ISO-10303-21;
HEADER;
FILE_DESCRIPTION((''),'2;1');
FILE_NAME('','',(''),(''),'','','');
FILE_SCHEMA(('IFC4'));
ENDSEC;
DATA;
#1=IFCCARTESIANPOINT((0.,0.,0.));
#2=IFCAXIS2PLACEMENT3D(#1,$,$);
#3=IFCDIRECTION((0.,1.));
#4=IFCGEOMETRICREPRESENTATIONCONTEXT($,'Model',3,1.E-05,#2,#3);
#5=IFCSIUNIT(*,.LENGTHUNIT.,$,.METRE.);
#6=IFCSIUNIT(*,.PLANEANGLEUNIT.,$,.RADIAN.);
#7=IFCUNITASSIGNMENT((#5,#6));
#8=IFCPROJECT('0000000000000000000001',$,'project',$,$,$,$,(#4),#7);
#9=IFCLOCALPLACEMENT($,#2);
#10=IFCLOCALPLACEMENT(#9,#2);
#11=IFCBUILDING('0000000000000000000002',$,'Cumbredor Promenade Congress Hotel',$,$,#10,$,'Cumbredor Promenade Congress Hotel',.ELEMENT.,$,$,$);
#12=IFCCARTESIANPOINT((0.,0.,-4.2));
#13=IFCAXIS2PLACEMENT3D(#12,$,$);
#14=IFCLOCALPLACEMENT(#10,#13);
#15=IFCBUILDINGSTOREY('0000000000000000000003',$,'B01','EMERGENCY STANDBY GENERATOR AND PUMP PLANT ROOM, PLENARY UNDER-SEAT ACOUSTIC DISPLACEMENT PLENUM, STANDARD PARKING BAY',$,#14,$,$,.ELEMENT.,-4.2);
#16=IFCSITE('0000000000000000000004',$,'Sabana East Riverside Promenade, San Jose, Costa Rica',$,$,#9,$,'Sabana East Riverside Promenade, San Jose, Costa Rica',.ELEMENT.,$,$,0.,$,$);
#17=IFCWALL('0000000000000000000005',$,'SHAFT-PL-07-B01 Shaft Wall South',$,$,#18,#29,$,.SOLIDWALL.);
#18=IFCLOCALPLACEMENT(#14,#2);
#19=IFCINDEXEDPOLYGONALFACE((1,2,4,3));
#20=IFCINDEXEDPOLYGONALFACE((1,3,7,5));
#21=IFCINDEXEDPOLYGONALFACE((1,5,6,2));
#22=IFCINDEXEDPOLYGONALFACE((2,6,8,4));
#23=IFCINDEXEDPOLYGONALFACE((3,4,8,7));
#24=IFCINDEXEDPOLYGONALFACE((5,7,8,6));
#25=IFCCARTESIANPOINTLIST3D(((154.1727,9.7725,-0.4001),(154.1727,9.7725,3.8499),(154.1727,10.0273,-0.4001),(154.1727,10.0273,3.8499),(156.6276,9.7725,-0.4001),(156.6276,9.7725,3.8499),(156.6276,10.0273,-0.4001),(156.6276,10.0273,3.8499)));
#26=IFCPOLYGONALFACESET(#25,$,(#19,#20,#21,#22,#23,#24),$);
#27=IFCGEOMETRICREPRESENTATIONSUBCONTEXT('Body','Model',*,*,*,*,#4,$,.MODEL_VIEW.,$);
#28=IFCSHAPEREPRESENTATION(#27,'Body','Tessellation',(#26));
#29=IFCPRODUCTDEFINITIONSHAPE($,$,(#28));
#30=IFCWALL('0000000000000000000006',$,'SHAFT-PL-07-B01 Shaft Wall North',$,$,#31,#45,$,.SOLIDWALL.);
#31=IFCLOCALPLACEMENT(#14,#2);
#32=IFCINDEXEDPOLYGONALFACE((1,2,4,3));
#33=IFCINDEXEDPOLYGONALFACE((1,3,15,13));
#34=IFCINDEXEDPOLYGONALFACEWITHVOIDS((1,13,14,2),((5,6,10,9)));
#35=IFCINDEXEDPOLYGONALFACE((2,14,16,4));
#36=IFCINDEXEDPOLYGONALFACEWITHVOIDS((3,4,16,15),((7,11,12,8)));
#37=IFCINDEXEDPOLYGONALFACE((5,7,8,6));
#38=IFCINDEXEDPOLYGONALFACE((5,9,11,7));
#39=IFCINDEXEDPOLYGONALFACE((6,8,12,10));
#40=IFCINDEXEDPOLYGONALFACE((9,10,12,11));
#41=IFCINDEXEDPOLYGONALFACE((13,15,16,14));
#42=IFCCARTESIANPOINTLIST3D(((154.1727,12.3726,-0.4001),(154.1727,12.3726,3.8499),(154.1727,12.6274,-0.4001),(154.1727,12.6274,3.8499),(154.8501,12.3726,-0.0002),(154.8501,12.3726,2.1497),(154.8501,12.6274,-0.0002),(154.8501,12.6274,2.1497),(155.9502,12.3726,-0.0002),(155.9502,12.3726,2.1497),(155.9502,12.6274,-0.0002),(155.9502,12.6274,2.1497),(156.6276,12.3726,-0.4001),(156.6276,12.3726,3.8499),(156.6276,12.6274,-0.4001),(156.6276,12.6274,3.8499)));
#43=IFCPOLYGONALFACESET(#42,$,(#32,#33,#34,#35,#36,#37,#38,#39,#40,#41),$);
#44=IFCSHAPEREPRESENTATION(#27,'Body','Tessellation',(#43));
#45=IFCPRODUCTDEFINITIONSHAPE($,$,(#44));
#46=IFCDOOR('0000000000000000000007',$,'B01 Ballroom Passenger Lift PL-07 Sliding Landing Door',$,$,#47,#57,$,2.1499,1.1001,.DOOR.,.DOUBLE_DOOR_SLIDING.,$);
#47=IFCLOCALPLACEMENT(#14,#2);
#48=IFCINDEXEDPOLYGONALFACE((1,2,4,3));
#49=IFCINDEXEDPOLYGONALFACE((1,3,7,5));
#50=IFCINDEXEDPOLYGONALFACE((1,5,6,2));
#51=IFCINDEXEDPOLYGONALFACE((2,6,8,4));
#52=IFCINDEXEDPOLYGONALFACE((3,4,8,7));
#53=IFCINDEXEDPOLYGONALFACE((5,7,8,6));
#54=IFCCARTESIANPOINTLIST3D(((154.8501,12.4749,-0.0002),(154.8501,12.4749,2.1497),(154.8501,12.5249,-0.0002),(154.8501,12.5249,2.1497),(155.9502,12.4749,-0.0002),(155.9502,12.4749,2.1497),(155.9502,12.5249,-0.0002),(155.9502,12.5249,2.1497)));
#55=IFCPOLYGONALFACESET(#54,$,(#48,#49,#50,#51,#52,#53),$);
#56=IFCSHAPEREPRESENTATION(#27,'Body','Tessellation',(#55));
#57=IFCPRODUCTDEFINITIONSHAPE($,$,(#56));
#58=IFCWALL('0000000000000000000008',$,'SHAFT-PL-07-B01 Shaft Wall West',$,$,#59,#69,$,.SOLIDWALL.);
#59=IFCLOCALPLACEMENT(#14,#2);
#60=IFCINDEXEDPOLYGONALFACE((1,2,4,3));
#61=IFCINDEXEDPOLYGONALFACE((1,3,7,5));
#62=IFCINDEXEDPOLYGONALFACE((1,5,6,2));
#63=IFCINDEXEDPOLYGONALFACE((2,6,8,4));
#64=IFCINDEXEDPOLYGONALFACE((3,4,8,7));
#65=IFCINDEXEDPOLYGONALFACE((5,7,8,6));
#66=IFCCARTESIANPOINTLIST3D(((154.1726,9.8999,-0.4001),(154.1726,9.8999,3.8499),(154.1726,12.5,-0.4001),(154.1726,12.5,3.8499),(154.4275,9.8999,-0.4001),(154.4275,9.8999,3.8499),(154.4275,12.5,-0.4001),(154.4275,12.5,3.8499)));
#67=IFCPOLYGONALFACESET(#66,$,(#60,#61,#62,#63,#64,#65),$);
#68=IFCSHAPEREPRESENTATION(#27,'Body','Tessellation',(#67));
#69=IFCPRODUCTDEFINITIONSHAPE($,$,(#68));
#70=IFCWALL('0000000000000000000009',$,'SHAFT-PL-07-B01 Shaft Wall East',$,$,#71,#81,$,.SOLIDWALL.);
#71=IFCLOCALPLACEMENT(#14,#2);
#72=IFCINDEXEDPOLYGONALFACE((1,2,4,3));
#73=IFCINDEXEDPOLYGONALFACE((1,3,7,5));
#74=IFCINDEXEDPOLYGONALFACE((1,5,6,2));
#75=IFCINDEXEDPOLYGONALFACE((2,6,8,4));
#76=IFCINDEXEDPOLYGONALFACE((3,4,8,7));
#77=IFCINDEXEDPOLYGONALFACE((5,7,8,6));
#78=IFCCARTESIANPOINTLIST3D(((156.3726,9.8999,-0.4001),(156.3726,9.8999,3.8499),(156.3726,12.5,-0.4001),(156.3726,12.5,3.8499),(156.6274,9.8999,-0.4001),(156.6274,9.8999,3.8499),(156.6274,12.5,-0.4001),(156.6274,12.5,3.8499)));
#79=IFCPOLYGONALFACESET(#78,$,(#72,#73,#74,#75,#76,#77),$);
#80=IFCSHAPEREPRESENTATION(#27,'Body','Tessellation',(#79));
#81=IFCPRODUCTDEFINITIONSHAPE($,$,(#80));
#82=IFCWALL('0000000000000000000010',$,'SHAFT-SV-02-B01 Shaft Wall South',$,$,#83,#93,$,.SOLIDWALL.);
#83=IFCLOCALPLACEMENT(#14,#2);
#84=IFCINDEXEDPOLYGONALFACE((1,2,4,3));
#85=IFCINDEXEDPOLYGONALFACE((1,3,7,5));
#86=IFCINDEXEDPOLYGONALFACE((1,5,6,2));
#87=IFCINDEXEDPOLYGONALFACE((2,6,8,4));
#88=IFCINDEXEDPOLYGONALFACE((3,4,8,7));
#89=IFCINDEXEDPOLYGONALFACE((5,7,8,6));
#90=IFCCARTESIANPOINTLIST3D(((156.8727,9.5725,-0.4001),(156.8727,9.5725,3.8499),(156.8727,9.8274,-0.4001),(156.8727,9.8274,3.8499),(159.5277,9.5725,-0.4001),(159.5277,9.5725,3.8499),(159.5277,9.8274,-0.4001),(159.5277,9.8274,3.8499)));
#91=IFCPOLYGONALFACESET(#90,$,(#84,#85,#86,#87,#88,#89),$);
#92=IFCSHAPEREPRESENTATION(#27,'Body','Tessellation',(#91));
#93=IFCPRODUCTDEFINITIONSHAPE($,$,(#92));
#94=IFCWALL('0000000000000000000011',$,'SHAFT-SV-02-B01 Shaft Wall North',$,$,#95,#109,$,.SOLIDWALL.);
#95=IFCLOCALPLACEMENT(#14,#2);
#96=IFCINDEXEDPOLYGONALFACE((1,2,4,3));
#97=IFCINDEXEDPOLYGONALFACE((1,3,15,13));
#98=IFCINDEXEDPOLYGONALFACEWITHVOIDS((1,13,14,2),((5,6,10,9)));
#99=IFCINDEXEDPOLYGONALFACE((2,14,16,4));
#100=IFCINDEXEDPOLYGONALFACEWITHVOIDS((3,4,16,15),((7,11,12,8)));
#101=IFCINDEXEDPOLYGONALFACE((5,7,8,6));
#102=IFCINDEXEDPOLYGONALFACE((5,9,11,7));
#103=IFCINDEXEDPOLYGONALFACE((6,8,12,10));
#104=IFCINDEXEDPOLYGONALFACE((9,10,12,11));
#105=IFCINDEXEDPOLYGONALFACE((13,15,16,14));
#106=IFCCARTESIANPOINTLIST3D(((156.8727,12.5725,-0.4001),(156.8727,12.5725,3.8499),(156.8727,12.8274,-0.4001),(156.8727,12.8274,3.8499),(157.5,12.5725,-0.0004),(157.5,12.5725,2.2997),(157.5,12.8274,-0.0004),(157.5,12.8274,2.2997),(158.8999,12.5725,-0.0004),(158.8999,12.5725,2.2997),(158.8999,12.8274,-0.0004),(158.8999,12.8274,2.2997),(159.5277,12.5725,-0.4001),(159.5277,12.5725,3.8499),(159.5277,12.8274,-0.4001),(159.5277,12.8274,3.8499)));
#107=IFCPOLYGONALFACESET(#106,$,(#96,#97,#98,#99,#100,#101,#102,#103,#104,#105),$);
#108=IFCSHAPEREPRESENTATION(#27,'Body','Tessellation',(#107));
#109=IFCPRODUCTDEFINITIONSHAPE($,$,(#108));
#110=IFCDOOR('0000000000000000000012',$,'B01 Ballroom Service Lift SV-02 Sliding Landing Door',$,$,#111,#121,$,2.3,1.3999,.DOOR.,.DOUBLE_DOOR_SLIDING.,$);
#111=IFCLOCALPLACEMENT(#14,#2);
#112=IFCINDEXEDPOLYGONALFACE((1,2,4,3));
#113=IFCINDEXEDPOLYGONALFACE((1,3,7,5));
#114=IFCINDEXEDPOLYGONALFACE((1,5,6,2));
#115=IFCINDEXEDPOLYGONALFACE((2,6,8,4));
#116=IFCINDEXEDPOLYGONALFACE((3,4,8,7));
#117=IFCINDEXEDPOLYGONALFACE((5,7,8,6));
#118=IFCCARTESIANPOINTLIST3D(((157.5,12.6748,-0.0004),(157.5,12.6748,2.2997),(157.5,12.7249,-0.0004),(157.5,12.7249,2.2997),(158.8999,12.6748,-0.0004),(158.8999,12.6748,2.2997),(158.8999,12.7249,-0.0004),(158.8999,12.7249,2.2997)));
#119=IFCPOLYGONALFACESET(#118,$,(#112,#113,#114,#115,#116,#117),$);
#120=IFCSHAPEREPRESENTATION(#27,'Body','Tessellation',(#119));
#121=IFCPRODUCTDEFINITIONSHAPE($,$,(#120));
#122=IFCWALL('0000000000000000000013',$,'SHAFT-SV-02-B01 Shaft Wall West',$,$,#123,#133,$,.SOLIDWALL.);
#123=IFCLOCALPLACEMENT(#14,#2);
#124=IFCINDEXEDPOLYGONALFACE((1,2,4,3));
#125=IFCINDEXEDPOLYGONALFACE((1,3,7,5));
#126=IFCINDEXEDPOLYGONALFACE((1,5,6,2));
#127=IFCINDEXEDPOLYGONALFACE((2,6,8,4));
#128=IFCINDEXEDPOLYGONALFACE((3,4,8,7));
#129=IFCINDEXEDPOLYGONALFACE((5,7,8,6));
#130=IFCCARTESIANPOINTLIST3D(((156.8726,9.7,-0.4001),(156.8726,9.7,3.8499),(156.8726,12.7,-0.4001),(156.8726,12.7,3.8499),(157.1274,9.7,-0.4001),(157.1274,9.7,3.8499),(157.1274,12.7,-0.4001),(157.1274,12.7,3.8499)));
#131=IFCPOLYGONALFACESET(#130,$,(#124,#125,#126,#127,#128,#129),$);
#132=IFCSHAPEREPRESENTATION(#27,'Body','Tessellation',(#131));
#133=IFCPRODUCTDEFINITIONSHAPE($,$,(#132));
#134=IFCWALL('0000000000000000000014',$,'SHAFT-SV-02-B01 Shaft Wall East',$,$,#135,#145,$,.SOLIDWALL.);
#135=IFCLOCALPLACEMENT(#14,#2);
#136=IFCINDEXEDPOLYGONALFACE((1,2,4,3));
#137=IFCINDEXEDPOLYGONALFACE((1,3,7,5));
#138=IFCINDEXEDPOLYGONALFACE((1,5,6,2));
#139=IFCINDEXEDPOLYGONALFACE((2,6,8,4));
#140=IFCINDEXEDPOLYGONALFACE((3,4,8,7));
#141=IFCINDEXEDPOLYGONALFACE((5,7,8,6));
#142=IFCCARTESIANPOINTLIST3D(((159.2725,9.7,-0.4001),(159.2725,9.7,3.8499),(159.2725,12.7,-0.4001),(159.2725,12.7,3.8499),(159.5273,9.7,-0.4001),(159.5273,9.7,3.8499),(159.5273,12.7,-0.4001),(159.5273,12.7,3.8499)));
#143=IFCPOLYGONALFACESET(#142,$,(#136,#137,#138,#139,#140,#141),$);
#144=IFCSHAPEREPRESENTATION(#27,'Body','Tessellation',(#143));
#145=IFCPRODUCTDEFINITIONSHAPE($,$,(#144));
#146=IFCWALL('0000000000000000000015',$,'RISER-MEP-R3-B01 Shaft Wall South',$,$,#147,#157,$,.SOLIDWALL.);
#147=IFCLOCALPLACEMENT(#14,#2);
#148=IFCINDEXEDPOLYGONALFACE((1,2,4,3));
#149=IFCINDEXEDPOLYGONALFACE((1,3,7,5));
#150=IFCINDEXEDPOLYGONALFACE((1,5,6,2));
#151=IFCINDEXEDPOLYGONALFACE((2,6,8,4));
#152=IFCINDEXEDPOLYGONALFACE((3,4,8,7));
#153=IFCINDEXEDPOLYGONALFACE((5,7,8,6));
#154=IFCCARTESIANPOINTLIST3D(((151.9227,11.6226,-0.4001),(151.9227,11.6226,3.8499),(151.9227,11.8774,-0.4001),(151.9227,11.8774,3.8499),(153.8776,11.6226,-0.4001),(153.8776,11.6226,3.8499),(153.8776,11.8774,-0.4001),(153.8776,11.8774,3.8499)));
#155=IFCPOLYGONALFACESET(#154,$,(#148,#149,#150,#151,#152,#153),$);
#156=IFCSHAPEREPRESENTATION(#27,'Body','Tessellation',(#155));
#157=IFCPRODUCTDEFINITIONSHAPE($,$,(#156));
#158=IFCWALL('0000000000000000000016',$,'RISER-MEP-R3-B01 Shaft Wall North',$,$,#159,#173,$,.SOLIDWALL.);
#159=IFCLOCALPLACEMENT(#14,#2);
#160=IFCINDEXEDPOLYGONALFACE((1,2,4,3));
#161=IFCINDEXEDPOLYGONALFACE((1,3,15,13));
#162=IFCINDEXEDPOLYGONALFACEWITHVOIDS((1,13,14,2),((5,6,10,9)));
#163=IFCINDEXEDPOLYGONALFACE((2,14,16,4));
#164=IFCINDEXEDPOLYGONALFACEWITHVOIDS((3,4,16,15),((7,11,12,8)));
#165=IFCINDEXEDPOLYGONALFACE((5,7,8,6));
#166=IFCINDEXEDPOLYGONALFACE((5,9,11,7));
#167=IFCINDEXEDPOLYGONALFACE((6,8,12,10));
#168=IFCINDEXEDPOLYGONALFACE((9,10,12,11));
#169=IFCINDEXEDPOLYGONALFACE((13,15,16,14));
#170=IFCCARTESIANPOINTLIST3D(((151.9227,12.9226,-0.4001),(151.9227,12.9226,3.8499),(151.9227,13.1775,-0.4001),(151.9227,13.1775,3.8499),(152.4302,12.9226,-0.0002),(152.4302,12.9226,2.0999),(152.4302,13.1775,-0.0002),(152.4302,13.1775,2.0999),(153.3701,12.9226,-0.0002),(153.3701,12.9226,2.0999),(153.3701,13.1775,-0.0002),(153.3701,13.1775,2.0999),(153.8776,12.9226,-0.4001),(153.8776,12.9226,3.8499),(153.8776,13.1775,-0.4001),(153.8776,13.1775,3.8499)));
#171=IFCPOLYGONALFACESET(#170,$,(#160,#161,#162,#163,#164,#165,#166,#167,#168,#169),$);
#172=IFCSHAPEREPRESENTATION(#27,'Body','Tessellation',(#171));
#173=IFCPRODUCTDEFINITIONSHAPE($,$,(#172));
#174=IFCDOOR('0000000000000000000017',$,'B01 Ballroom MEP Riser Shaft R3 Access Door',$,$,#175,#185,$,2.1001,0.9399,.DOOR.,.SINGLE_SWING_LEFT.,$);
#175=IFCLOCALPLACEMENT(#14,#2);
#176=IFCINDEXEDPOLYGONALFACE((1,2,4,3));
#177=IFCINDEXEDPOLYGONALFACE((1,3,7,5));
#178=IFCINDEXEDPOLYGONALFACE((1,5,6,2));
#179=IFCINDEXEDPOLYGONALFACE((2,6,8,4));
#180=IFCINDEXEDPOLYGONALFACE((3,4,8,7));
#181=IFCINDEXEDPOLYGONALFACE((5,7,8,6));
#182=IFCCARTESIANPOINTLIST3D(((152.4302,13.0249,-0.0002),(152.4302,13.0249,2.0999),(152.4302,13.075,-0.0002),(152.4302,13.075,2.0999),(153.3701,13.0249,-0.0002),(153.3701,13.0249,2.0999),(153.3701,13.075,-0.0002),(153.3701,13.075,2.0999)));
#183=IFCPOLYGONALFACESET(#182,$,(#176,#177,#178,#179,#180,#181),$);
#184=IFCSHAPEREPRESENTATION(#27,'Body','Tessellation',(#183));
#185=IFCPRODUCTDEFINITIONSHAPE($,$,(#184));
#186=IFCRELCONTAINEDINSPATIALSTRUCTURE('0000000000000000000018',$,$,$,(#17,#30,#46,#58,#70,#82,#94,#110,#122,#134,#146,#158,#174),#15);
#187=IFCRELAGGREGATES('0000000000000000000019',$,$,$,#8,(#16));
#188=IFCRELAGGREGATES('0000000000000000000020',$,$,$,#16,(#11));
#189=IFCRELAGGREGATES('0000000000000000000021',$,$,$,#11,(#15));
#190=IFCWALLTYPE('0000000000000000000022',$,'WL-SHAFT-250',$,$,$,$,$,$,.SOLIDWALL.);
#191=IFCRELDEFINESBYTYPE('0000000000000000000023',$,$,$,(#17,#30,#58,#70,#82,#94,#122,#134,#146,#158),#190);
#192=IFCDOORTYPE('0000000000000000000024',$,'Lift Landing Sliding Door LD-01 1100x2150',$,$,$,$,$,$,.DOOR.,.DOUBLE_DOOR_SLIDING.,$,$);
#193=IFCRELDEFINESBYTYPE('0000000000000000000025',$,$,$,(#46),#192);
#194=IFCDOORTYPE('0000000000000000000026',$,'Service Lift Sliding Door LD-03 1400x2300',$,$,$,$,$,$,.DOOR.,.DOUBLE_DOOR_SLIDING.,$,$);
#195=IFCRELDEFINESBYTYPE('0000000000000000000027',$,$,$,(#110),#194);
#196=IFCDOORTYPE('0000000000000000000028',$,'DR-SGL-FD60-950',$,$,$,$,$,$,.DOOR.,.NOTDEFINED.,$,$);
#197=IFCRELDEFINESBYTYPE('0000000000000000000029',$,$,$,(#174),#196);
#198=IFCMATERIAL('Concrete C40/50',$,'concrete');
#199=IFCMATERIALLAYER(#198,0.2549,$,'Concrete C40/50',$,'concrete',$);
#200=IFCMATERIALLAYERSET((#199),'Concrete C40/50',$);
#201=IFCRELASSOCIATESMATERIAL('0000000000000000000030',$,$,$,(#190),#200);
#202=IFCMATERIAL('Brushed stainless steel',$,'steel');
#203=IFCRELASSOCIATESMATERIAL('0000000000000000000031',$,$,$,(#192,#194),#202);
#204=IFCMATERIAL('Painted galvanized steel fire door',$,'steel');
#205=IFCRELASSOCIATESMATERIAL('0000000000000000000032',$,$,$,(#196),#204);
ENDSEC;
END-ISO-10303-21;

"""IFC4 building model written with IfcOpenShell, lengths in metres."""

from ifc_helpers import new_model, si_unit, direction, frame, frame_2d, origin, place, context, subcontext, project, spatial, rectangle, extrude, material, layer, layer_set, type_object, element, fill, save


model = new_model("IFC4")

# Units and contexts
model_context = context("Model", 3, precision=1e-05, world=origin(), true_north=direction((0.0, 1.0)))
body_context = subcontext(model_context, "Body", "Model", "MODEL_VIEW")
ifc_project = project(units=[si_unit("LENGTHUNIT", "METRE"), si_unit("PLANEANGLEUNIT", "RADIAN")], contexts=[model_context])

# Site, building, storey
site_placement = place(None, origin())
site = spatial("IfcSite", under=ifc_project, at=site_placement, Name="Sabana East Riverside Promenade, San Jose, Costa Rica", LongName="Sabana East Riverside Promenade, San Jose, Costa Rica", CompositionType="ELEMENT", RefElevation=0.0)
building_placement = place(site_placement, origin())
building = spatial("IfcBuilding", under=site, at=building_placement, Name="Cumbredor Promenade Congress Hotel", LongName="Cumbredor Promenade Congress Hotel", CompositionType="ELEMENT")
storey_placement = place(building_placement, frame((0.0, 0.0, -4.2)))
storey = spatial("IfcBuildingStorey", under=building, at=storey_placement, Name="B01", Description="EMERGENCY STANDBY GENERATOR AND PUMP PLANT ROOM, PLENARY UNDER-SEAT ACOUSTIC DISPLACEMENT PLENUM, STANDARD PARKING BAY", CompositionType="ELEMENT", Elevation=-4.2)

# Shared definitions
ifc_material_1 = material(Name="Concrete C40/50", Category="concrete")

# Shared definitions
ifc_layer = layer(ifc_material_1, 0.2549, Name="Concrete C40/50", Category="concrete")
ifc_layer_set = layer_set([ifc_layer], Name="Concrete C40/50")
wall_type = type_object("IfcWallType", Name="WL-SHAFT-250", PredefinedType="SOLIDWALL", material=ifc_layer_set)
ifc_material_2 = material(Name="Painted galvanized steel fire door", Category="steel")

# Wall
wall_1_placement = place(storey_placement, frame((154.1726, 9.8999, -0.4001), z_axis=(0.0, 0.0, 1.0), x_axis=(1.0, 0.0, 0.0)))
element("IfcWall", 1, at=wall_1_placement, inside=storey, type_object=wall_type, Name="SHAFT-PL-07-B01 Shaft Wall South", PredefinedType="SOLIDWALL", context=body_context, shape_type="SweptSolid", body=[
    extrude(rectangle(XDim=2.4548, YDim=0.2549, at=frame_2d((1.2275, 0.0))), origin(), (0.0, 0.0, 1.0), 4.25),
])

# Wall, opening, door
wall_2_placement = place(storey_placement, frame((154.1726, 12.5, -0.4001), z_axis=(0.0, 0.0, 1.0), x_axis=(1.0, 0.0, 0.0)))
wall_2 = element("IfcWall", 2, at=wall_2_placement, inside=storey, type_object=wall_type, Name="SHAFT-PL-07-B01 Shaft Wall North", PredefinedType="SOLIDWALL", context=body_context, shape_type="SweptSolid", body=[
    extrude(rectangle(XDim=2.4548, YDim=0.2549, at=frame_2d((1.2275, 0.0))), origin(), (0.0, 0.0, 1.0), 4.25),
])
opening_1_placement = place(wall_2_placement, frame((0.6775, 0.0, 0.3999)))
opening_1 = element("IfcOpeningElement", 3, at=opening_1_placement, cuts=wall_2, PredefinedType="OPENING", context=body_context, shape_type="SweptSolid", body=[
    extrude(rectangle(XDim=1.1001, YDim=2.1499, at=frame_2d((0.55, 1.075))), frame((0.0, 0.1375, 0.0), z_axis=(0.0, -1.0, 0.0), x_axis=(1.0, 0.0, 0.0)), (0.0, 0.0, 1.0), 0.2749),
])
ifc_material_3 = material(Name="Brushed stainless steel", Category="steel")
door_type_1 = type_object("IfcDoorType", Name="Lift Landing Sliding Door LD-01 1100x2150", OperationType="DOUBLE_DOOR_SLIDING", PredefinedType="DOOR", material=ifc_material_3)
door_1_placement = place(opening_1_placement, origin())
door_1 = element("IfcDoor", 4, at=door_1_placement, inside=storey, type_object=door_type_1, Name="B01 Ballroom Passenger Lift PL-07 Sliding Landing Door", OperationType="DOUBLE_DOOR_SLIDING", OverallHeight=2.1499, OverallWidth=1.1001, PredefinedType="DOOR", context=body_context, shape_type="SweptSolid", body=[
    extrude(rectangle(XDim=1.1001, YDim=2.1499, at=frame_2d((0.55, 1.075))), frame((0.0, 0.0249, 0.0), z_axis=(0.0, -1.0, 0.0), x_axis=(1.0, 0.0, 0.0)), (0.0, 0.0, 1.0), 0.05),
])
fill(opening_1, door_1)

# Walls
for number, where, z_axis, x_axis, name in (
    (5, (154.3, 9.8999, -0.4001), (0.0, 0.0, 1.0), (0.0, 1.0, 0.0), "SHAFT-PL-07-B01 Shaft Wall West"),
    (6, (156.5, 9.8999, -0.4001), (0.0, 0.0, 1.0), (0.0, 1.0, 0.0), "SHAFT-PL-07-B01 Shaft Wall East"),
):
    element("IfcWall", number, at=place(storey_placement, frame(where, z_axis=z_axis, x_axis=x_axis)), inside=storey, type_object=wall_type, Name=name, PredefinedType="SOLIDWALL", context=body_context, shape_type="SweptSolid", body=[
        extrude(rectangle(XDim=2.6001, YDim=0.2549, at=frame_2d((1.3, 0.0))), origin(), (0.0, 0.0, 1.0), 4.25),
    ])
wall_3_placement = place(storey_placement, frame((156.8726, 9.7, -0.4001), z_axis=(0.0, 0.0, 1.0), x_axis=(1.0, 0.0, 0.0)))
element("IfcWall", 7, at=wall_3_placement, inside=storey, type_object=wall_type, Name="SHAFT-SV-02-B01 Shaft Wall South", PredefinedType="SOLIDWALL", context=body_context, shape_type="SweptSolid", body=[
    extrude(rectangle(XDim=2.655, YDim=0.2549, at=frame_2d((1.3276, 0.0))), origin(), (0.0, 0.0, 1.0), 4.25),
])

# Wall, opening, door
wall_4_placement = place(storey_placement, frame((156.8726, 12.7, -0.4001), z_axis=(0.0, 0.0, 1.0), x_axis=(1.0, 0.0, 0.0)))
wall_4 = element("IfcWall", 8, at=wall_4_placement, inside=storey, type_object=wall_type, Name="SHAFT-SV-02-B01 Shaft Wall North", PredefinedType="SOLIDWALL", context=body_context, shape_type="SweptSolid", body=[
    extrude(rectangle(XDim=2.655, YDim=0.2549, at=frame_2d((1.3276, 0.0))), origin(), (0.0, 0.0, 1.0), 4.25),
])
opening_2_placement = place(wall_4_placement, frame((0.6274, 0.0, 0.3999)))
opening_2 = element("IfcOpeningElement", 9, at=opening_2_placement, cuts=wall_4, PredefinedType="OPENING", context=body_context, shape_type="SweptSolid", body=[
    extrude(rectangle(XDim=1.3999, YDim=2.3, at=frame_2d((0.7, 1.1499))), frame((0.0, 0.1375, 0.0), z_axis=(0.0, -1.0, 0.0), x_axis=(1.0, 0.0, 0.0)), (0.0, 0.0, 1.0), 0.2749),
])
door_type_2 = type_object("IfcDoorType", Name="Service Lift Sliding Door LD-03 1400x2300", OperationType="DOUBLE_DOOR_SLIDING", PredefinedType="DOOR", material=ifc_material_3)
door_2_placement = place(opening_2_placement, origin())
door_2 = element("IfcDoor", 10, at=door_2_placement, inside=storey, type_object=door_type_2, Name="B01 Ballroom Service Lift SV-02 Sliding Landing Door", OperationType="DOUBLE_DOOR_SLIDING", OverallHeight=2.3, OverallWidth=1.3999, PredefinedType="DOOR", context=body_context, shape_type="SweptSolid", body=[
    extrude(rectangle(XDim=1.3999, YDim=2.3, at=frame_2d((0.7, 1.1499))), frame((0.0, 0.0249, 0.0), z_axis=(0.0, -1.0, 0.0), x_axis=(1.0, 0.0, 0.0)), (0.0, 0.0, 1.0), 0.05),
])
fill(opening_2, door_2)

# Walls
for number, where, z_axis, x_axis, name in (
    (11, (157.0, 9.7, -0.4001), (0.0, 0.0, 1.0), (0.0, 1.0, 0.0), "SHAFT-SV-02-B01 Shaft Wall West"),
    (12, (159.3999, 9.7, -0.4001), (0.0, 0.0, 1.0), (0.0, 1.0, 0.0), "SHAFT-SV-02-B01 Shaft Wall East"),
):
    element("IfcWall", number, at=place(storey_placement, frame(where, z_axis=z_axis, x_axis=x_axis)), inside=storey, type_object=wall_type, Name=name, PredefinedType="SOLIDWALL", context=body_context, shape_type="SweptSolid", body=[
        extrude(rectangle(XDim=3.0, YDim=0.2549, at=frame_2d((1.5, 0.0))), origin(), (0.0, 0.0, 1.0), 4.25),
    ])
wall_5_placement = place(storey_placement, frame((151.9226, 11.75, -0.4001), z_axis=(0.0, 0.0, 1.0), x_axis=(1.0, 0.0, 0.0)))
element("IfcWall", 13, at=wall_5_placement, inside=storey, type_object=wall_type, Name="RISER-MEP-R3-B01 Shaft Wall South", PredefinedType="SOLIDWALL", context=body_context, shape_type="SweptSolid", body=[
    extrude(rectangle(XDim=1.9548, YDim=0.2549, at=frame_2d((0.9775, 0.0))), origin(), (0.0, 0.0, 1.0), 4.25),
])

# Wall, opening, door
wall_6_placement = place(storey_placement, frame((151.9226, 13.05, -0.4001), z_axis=(0.0, 0.0, 1.0), x_axis=(1.0, 0.0, 0.0)))
wall_6 = element("IfcWall", 14, at=wall_6_placement, inside=storey, type_object=wall_type, Name="RISER-MEP-R3-B01 Shaft Wall North", PredefinedType="SOLIDWALL", context=body_context, shape_type="SweptSolid", body=[
    extrude(rectangle(XDim=1.9548, YDim=0.2549, at=frame_2d((0.9775, 0.0))), origin(), (0.0, 0.0, 1.0), 4.25),
])
opening_3_placement = place(wall_6_placement, frame((0.5076, 0.0, 0.3999)))
opening_3 = element("IfcOpeningElement", 15, at=opening_3_placement, cuts=wall_6, PredefinedType="OPENING", context=body_context, shape_type="SweptSolid", body=[
    extrude(rectangle(XDim=0.9399, YDim=2.1001, at=frame_2d((0.47, 1.05))), frame((0.0, 0.1375, 0.0), z_axis=(0.0, -1.0, 0.0), x_axis=(1.0, 0.0, 0.0)), (0.0, 0.0, 1.0), 0.2749),
])
door_type_3 = type_object("IfcDoorType", Name="DR-SGL-FD60-950", OperationType="NOTDEFINED", PredefinedType="DOOR", material=ifc_material_2)
door_3_placement = place(opening_3_placement, origin())
door_3 = element("IfcDoor", 16, at=door_3_placement, inside=storey, type_object=door_type_3, Name="B01 Ballroom MEP Riser Shaft R3 Access Door", OperationType="SINGLE_SWING_LEFT", OverallHeight=2.1001, OverallWidth=0.9399, PredefinedType="DOOR", context=body_context, shape_type="SweptSolid", body=[
    extrude(rectangle(XDim=0.9399, YDim=2.1001, at=frame_2d((0.47, 1.05))), frame((0.0, 0.0249, 0.0), z_axis=(0.0, -1.0, 0.0), x_axis=(1.0, 0.0, 0.0)), (0.0, 0.0, 1.0), 0.05),
])
fill(opening_3, door_3)

save(model, "model.ifc")
